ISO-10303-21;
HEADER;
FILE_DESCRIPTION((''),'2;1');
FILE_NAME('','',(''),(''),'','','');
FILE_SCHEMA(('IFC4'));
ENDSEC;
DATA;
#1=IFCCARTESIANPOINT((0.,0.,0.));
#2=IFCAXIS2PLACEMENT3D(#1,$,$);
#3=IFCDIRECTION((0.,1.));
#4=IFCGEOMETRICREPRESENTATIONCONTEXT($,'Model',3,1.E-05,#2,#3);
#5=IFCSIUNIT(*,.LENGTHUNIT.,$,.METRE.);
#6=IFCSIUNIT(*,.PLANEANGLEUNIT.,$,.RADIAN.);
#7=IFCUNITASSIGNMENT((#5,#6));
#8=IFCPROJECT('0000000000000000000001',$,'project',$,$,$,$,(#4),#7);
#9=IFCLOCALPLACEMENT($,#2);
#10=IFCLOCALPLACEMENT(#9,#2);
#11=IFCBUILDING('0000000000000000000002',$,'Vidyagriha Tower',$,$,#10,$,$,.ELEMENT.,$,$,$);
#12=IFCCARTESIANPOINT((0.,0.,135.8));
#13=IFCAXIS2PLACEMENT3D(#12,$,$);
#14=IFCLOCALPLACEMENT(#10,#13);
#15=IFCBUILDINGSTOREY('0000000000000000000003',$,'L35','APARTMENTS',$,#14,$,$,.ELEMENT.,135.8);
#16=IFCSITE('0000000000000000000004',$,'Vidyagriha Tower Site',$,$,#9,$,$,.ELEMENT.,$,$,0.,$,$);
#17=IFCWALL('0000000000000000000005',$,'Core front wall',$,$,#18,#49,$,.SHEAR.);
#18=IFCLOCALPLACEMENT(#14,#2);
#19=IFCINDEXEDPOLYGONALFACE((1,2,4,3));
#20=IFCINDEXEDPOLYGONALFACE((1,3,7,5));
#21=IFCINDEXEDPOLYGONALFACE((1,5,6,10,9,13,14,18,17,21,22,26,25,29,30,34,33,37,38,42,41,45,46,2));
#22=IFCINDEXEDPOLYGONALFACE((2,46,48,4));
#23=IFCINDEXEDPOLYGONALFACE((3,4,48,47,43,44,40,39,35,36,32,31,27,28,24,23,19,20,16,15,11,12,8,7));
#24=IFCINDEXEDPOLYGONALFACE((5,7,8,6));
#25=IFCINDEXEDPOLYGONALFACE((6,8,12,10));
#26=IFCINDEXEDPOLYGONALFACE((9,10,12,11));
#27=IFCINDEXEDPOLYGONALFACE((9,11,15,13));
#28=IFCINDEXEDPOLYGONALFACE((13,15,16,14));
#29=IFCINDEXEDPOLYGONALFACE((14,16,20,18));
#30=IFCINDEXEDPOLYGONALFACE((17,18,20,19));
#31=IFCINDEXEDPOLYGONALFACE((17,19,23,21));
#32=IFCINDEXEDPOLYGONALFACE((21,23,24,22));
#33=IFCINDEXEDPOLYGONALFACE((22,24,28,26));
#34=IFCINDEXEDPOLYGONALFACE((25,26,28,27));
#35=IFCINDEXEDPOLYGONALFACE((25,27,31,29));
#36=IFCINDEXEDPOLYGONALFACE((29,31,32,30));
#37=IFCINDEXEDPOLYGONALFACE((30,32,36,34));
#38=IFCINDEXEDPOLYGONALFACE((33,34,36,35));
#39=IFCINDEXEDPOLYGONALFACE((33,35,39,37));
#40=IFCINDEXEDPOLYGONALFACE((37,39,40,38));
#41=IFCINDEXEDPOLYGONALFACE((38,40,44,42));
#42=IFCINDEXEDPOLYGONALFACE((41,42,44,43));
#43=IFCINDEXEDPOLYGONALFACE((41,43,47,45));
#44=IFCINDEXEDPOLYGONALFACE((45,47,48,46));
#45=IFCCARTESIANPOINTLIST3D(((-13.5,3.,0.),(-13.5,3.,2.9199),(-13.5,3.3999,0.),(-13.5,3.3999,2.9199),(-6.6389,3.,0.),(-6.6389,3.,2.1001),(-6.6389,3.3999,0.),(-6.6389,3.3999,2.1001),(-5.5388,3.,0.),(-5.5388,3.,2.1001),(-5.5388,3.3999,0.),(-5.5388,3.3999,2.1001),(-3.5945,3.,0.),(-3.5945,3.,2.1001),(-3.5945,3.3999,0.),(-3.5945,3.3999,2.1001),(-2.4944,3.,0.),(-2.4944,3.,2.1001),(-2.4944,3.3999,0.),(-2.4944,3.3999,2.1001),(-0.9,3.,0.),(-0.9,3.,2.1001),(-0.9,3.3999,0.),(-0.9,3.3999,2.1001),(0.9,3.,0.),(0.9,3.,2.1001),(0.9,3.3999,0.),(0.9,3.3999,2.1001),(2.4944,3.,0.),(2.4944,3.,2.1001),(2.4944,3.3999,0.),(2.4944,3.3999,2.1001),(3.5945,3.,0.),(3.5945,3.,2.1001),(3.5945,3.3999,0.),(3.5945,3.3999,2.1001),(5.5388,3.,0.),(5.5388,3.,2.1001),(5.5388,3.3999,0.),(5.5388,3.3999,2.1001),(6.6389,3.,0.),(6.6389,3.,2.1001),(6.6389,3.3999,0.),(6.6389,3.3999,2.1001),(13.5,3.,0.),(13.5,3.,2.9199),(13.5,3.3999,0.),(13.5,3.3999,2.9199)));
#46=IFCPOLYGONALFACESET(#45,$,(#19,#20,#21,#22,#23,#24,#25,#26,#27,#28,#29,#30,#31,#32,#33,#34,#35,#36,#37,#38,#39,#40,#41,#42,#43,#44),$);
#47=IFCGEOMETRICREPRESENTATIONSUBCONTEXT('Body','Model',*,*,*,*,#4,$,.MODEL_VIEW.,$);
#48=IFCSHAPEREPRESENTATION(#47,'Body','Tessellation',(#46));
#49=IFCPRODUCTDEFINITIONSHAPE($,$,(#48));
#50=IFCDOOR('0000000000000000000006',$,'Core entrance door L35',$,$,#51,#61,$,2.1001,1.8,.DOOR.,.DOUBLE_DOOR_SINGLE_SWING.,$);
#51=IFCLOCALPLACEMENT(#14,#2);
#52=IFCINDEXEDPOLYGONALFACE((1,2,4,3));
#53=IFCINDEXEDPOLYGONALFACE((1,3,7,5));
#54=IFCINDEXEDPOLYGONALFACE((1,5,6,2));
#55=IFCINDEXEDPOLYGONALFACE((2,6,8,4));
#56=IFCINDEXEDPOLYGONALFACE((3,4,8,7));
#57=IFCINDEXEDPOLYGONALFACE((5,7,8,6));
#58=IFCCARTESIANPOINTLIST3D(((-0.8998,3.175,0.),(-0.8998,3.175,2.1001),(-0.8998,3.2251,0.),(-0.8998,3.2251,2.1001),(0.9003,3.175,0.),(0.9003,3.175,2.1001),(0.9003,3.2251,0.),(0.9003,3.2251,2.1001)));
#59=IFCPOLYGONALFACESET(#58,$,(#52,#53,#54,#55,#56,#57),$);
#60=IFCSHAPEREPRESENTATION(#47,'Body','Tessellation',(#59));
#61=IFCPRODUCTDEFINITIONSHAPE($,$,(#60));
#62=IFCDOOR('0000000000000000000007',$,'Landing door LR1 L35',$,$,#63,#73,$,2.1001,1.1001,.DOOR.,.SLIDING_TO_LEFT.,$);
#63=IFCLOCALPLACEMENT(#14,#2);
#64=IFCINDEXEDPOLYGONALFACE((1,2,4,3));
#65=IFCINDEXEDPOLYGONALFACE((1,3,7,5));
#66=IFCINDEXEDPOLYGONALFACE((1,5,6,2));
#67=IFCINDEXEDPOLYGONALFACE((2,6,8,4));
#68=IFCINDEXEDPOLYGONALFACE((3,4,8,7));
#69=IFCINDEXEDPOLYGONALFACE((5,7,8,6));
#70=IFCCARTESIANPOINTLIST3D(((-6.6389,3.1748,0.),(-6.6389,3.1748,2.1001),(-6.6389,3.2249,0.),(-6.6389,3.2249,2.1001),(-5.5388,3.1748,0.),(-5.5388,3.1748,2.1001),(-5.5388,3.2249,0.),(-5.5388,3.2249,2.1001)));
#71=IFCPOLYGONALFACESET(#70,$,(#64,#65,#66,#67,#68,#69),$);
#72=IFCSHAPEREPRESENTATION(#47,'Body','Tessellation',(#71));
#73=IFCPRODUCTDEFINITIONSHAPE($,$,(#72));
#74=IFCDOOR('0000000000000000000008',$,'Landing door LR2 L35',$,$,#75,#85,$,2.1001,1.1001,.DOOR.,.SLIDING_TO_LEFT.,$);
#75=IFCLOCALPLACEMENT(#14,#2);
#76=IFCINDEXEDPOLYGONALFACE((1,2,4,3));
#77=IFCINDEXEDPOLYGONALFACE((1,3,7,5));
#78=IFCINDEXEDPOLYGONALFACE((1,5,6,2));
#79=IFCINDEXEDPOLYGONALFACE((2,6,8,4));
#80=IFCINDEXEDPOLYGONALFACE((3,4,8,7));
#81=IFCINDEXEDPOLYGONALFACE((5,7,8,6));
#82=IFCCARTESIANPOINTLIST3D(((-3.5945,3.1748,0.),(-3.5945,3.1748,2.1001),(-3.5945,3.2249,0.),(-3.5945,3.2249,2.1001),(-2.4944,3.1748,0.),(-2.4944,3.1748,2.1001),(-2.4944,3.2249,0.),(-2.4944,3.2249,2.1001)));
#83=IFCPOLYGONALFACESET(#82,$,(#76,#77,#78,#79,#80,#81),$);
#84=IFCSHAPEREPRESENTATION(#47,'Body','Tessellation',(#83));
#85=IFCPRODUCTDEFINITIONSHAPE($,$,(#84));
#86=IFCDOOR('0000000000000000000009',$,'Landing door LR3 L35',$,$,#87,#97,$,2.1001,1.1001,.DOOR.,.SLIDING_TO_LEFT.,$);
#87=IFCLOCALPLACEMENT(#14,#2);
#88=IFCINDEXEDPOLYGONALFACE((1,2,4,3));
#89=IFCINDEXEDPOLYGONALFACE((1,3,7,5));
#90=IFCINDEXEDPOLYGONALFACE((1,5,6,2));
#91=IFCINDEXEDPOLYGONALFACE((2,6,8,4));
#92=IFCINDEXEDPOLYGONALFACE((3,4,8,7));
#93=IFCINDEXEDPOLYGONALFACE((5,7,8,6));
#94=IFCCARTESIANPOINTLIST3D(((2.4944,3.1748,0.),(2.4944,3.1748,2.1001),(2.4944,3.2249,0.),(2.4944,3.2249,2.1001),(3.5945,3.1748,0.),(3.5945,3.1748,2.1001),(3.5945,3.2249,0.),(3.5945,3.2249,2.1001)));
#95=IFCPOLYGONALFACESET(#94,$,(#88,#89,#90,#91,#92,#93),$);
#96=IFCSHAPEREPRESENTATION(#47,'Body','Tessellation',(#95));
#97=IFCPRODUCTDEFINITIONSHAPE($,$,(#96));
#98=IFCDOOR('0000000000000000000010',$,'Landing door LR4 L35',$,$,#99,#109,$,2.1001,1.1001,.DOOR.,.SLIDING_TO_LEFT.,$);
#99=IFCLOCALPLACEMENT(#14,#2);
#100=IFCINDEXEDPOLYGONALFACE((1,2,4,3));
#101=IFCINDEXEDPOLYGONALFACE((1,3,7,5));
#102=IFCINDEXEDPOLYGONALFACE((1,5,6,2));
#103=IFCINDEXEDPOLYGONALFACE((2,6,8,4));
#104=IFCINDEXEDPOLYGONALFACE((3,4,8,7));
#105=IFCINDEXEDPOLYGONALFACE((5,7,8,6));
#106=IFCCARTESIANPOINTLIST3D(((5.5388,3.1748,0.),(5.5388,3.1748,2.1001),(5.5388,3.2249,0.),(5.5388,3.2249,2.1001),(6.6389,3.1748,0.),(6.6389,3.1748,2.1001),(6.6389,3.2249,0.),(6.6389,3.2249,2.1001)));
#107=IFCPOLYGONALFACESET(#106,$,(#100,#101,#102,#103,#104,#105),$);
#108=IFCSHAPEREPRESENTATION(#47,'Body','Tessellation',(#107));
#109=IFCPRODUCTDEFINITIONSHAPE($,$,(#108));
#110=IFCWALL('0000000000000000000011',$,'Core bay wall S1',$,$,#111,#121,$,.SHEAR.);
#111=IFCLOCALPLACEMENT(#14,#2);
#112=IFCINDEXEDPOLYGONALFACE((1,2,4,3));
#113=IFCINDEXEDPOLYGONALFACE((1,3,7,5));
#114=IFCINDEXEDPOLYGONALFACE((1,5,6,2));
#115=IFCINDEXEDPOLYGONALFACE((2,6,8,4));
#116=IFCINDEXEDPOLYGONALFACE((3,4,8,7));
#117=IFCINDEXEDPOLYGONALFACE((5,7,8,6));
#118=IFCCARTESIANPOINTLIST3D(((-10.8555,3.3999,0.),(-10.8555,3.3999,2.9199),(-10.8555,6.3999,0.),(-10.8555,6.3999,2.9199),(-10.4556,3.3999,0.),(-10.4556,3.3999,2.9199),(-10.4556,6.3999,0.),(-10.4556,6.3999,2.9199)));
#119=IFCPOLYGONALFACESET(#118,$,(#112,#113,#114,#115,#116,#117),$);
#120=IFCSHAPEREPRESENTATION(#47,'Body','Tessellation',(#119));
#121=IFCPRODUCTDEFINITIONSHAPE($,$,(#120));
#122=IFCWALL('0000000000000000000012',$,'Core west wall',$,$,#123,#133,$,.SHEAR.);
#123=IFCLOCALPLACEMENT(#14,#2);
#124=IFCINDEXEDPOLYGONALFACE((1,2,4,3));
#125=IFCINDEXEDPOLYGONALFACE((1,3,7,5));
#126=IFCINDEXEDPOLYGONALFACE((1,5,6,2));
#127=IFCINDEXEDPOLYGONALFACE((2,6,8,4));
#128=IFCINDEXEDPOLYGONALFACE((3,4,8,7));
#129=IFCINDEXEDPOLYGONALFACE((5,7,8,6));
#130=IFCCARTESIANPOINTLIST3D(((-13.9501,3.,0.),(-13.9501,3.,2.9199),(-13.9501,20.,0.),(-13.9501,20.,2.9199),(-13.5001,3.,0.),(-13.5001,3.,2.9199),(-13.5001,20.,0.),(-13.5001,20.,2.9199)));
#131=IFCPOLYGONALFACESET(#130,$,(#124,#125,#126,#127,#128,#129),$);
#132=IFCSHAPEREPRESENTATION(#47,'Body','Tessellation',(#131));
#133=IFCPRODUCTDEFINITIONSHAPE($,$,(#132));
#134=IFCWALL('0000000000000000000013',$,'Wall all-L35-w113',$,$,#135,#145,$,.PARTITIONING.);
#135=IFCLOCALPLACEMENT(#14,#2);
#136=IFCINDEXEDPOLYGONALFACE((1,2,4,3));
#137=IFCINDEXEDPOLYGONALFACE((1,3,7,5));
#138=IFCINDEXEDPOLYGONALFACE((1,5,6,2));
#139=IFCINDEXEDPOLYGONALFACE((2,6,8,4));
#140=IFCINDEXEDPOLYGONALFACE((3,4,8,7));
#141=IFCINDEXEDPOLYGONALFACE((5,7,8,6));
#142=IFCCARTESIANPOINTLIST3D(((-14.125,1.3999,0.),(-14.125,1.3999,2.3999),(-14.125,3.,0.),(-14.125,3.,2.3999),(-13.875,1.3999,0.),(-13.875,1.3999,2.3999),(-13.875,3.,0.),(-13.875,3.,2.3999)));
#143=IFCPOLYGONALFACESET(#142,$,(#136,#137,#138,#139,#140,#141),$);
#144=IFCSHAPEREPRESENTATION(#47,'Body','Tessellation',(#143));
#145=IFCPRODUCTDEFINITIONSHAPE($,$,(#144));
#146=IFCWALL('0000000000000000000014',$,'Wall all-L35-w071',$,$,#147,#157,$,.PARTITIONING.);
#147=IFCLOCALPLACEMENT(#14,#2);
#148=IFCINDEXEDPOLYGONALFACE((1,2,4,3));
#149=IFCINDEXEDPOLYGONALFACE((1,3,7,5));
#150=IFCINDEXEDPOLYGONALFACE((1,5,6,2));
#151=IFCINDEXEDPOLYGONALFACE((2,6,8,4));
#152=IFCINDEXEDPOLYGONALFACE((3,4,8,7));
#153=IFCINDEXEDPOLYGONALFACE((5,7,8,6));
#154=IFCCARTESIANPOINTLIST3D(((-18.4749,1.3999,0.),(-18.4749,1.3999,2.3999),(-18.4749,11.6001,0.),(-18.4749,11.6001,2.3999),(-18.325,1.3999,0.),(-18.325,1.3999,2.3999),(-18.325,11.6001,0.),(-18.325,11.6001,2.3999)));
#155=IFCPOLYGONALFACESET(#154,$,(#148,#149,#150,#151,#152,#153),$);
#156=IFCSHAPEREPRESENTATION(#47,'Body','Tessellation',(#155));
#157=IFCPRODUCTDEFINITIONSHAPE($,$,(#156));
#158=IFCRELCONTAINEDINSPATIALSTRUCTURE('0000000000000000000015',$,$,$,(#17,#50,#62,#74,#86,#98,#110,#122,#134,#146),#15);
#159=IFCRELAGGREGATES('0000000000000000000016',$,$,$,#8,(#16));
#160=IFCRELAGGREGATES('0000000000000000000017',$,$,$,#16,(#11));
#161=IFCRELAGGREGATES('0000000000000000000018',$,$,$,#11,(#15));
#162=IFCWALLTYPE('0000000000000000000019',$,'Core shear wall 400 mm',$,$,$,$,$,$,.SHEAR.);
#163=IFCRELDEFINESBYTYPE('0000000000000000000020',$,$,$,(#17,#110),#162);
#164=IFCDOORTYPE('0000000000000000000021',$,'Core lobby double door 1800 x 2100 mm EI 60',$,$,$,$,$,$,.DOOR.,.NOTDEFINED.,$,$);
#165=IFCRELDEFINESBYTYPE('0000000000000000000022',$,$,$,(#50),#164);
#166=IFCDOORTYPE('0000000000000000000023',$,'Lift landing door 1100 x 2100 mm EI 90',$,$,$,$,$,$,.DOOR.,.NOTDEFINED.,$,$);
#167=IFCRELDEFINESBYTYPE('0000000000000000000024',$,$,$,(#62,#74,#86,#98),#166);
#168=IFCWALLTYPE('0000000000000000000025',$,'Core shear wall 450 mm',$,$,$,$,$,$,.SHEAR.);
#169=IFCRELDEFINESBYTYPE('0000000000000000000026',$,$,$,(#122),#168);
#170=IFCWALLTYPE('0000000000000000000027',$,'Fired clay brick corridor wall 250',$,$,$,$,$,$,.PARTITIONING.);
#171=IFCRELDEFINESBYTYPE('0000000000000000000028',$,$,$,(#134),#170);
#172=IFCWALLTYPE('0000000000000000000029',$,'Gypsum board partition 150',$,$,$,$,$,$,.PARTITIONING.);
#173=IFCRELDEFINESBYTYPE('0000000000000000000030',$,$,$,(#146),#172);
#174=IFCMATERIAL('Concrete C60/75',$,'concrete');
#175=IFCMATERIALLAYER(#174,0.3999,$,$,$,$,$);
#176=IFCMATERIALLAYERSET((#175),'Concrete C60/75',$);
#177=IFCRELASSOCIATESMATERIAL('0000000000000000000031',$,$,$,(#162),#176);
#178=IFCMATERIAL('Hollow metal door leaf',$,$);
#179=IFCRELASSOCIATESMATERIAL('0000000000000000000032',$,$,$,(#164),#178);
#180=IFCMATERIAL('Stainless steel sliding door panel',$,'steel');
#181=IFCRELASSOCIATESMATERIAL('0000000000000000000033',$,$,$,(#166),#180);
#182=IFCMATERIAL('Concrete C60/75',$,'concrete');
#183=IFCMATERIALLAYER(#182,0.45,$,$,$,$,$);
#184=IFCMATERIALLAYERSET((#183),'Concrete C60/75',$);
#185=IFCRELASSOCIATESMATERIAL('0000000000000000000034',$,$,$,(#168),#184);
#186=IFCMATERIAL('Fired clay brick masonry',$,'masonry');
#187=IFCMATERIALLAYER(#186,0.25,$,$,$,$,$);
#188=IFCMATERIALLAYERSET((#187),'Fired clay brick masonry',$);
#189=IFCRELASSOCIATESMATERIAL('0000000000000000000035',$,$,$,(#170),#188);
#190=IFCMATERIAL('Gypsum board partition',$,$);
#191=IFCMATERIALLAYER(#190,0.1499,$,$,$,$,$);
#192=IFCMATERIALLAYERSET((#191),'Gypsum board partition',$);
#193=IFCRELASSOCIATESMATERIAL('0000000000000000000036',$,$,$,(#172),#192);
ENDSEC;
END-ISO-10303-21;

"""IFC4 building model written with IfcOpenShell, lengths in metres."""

from ifc_helpers import new_model, si_unit, direction, frame, frame_2d, origin, place, context, subcontext, project, spatial, rectangle, extrude, material, layer, layer_set, type_object, element, fill, save


model = new_model("IFC4")

# Units and contexts
model_context = context("Model", 3, precision=1e-05, world=origin(), true_north=direction((0.0, 1.0)))
body_context = subcontext(model_context, "Body", "Model", "MODEL_VIEW")
ifc_project = project(units=[si_unit("LENGTHUNIT", "METRE"), si_unit("PLANEANGLEUNIT", "RADIAN")], contexts=[model_context])

# Site, building, storey
site_placement = place(None, origin())
site = spatial("IfcSite", under=ifc_project, at=site_placement, Name="Vidyagriha Tower Site", CompositionType="ELEMENT", RefElevation=0.0)
building_placement = place(site_placement, origin())
building = spatial("IfcBuilding", under=site, at=building_placement, Name="Vidyagriha Tower", CompositionType="ELEMENT")
storey_placement = place(building_placement, frame((0.0, 0.0, 135.8)))
storey = spatial("IfcBuildingStorey", under=building, at=storey_placement, Name="L35", Description="APARTMENTS", CompositionType="ELEMENT", Elevation=135.8)

# Wall, openings, doors
ifc_material_1 = material(Name="Concrete C60/75", Category="concrete")
ifc_layer_1 = layer(ifc_material_1, 0.3999)
ifc_layer_set_1 = layer_set([ifc_layer_1], Name="Concrete C60/75")
wall_type_1 = type_object("IfcWallType", Name="Core shear wall 400 mm", PredefinedType="SHEAR", material=ifc_layer_set_1)
wall_1_placement = place(storey_placement, frame((-13.5, 3.2, 0.0)))
wall_1 = element("IfcWall", 1, at=wall_1_placement, inside=storey, type_object=wall_type_1, Name="Core front wall", PredefinedType="SHEAR", context=body_context, shape_type="SweptSolid", body=[
    extrude(rectangle(XDim=27.0, YDim=0.3999, at=frame_2d((13.5, 0.0))), origin(), (0.0, 0.0, 1.0), 2.9199),
])
opening_1_placement = place(wall_1_placement, frame((6.8611, 0.0, 0.0)))
opening_1 = element("IfcOpeningElement", 2, at=opening_1_placement, cuts=wall_1, PredefinedType="OPENING", context=body_context, shape_type="SweptSolid", body=[
    extrude(rectangle(XDim=1.1001, YDim=2.1001, at=frame_2d((0.55, 1.05))), frame((0.0, 0.21, 0.0), z_axis=(0.0, -1.0, 0.0), x_axis=(1.0, 0.0, 0.0)), (0.0, 0.0, 1.0), 0.4199),
])
opening_2_placement = place(wall_1_placement, frame((9.9055, 0.0, 0.0)))
opening_2 = element("IfcOpeningElement", 3, at=opening_2_placement, cuts=wall_1, PredefinedType="OPENING", context=body_context, shape_type="SweptSolid", body=[
    extrude(rectangle(XDim=1.1001, YDim=2.1001, at=frame_2d((0.55, 1.05))), frame((0.0, 0.21, 0.0), z_axis=(0.0, -1.0, 0.0), x_axis=(1.0, 0.0, 0.0)), (0.0, 0.0, 1.0), 0.4199),
])
opening_3_placement = place(wall_1_placement, frame((15.9944, 0.0, 0.0)))
opening_3 = element("IfcOpeningElement", 4, at=opening_3_placement, cuts=wall_1, PredefinedType="OPENING", context=body_context, shape_type="SweptSolid", body=[
    extrude(rectangle(XDim=1.1001, YDim=2.1001, at=frame_2d((0.55, 1.05))), frame((0.0, 0.21, 0.0), z_axis=(0.0, -1.0, 0.0), x_axis=(1.0, 0.0, 0.0)), (0.0, 0.0, 1.0), 0.4199),
])
opening_4_placement = place(wall_1_placement, frame((19.0388, 0.0, 0.0)))
opening_4 = element("IfcOpeningElement", 5, at=opening_4_placement, cuts=wall_1, PredefinedType="OPENING", context=body_context, shape_type="SweptSolid", body=[
    extrude(rectangle(XDim=1.1001, YDim=2.1001, at=frame_2d((0.55, 1.05))), frame((0.0, 0.21, 0.0), z_axis=(0.0, -1.0, 0.0), x_axis=(1.0, 0.0, 0.0)), (0.0, 0.0, 1.0), 0.4199),
])
opening_5_placement = place(wall_1_placement, frame((12.6001, 0.0, 0.0)))
opening_5 = element("IfcOpeningElement", 6, at=opening_5_placement, cuts=wall_1, PredefinedType="OPENING", context=body_context, shape_type="SweptSolid", body=[
    extrude(rectangle(XDim=1.8, YDim=2.1001, at=frame_2d((0.8999, 1.05))), frame((0.0, 0.21, 0.0), z_axis=(0.0, -1.0, 0.0), x_axis=(1.0, 0.0, 0.0)), (0.0, 0.0, 1.0), 0.4199),
])
ifc_material_2 = material(Name="Hollow metal door leaf")
door_type_1 = type_object("IfcDoorType", Name="Core lobby double door 1800 x 2100 mm EI 60", OperationType="NOTDEFINED", PredefinedType="DOOR", material=ifc_material_2)
door_1_placement = place(opening_5_placement, frame((1.8, 0.0, 0.0), z_axis=(0.0, 0.0, 1.0), x_axis=(-1.0, 0.0, 0.0)))
door_1 = element("IfcDoor", 7, at=door_1_placement, inside=storey, type_object=door_type_1, Name="Core entrance door L35", OperationType="DOUBLE_DOOR_SINGLE_SWING", OverallHeight=2.1001, OverallWidth=1.8, PredefinedType="DOOR", context=body_context, shape_type="SweptSolid", body=[
    extrude(rectangle(XDim=1.8, YDim=2.1001, at=frame_2d((0.8999, 1.05))), frame((0.0, 0.0249, 0.0), z_axis=(0.0, -1.0, 0.0), x_axis=(1.0, 0.0, 0.0)), (0.0, 0.0, 1.0), 0.05),
])
fill(opening_5, door_1)
ifc_material_3 = material(Name="Stainless steel sliding door panel", Category="steel")
door_type_2 = type_object("IfcDoorType", Name="Lift landing door 1100 x 2100 mm EI 90", OperationType="NOTDEFINED", PredefinedType="DOOR", material=ifc_material_3)
door_2_placement = place(opening_1_placement, origin())
door_2 = element("IfcDoor", 8, at=door_2_placement, inside=storey, type_object=door_type_2, Name="Landing door LR1 L35", OperationType="SLIDING_TO_LEFT", OverallHeight=2.1001, OverallWidth=1.1001, PredefinedType="DOOR", context=body_context, shape_type="SweptSolid", body=[
    extrude(rectangle(XDim=1.1001, YDim=2.1001, at=frame_2d((0.55, 1.05))), frame((0.0, 0.0249, 0.0), z_axis=(0.0, -1.0, 0.0), x_axis=(1.0, 0.0, 0.0)), (0.0, 0.0, 1.0), 0.05),
])
fill(opening_1, door_2)
door_3_placement = place(opening_2_placement, origin())
door_3 = element("IfcDoor", 9, at=door_3_placement, inside=storey, type_object=door_type_2, Name="Landing door LR2 L35", OperationType="SLIDING_TO_LEFT", OverallHeight=2.1001, OverallWidth=1.1001, PredefinedType="DOOR", context=body_context, shape_type="SweptSolid", body=[
    extrude(rectangle(XDim=1.1001, YDim=2.1001, at=frame_2d((0.55, 1.05))), frame((0.0, 0.0249, 0.0), z_axis=(0.0, -1.0, 0.0), x_axis=(1.0, 0.0, 0.0)), (0.0, 0.0, 1.0), 0.05),
])
fill(opening_2, door_3)
door_4_placement = place(opening_3_placement, origin())
door_4 = element("IfcDoor", 10, at=door_4_placement, inside=storey, type_object=door_type_2, Name="Landing door LR3 L35", OperationType="SLIDING_TO_LEFT", OverallHeight=2.1001, OverallWidth=1.1001, PredefinedType="DOOR", context=body_context, shape_type="SweptSolid", body=[
    extrude(rectangle(XDim=1.1001, YDim=2.1001, at=frame_2d((0.55, 1.05))), frame((0.0, 0.0249, 0.0), z_axis=(0.0, -1.0, 0.0), x_axis=(1.0, 0.0, 0.0)), (0.0, 0.0, 1.0), 0.05),
])
fill(opening_3, door_4)
door_5_placement = place(opening_4_placement, origin())
door_5 = element("IfcDoor", 11, at=door_5_placement, inside=storey, type_object=door_type_2, Name="Landing door LR4 L35", OperationType="SLIDING_TO_LEFT", OverallHeight=2.1001, OverallWidth=1.1001, PredefinedType="DOOR", context=body_context, shape_type="SweptSolid", body=[
    extrude(rectangle(XDim=1.1001, YDim=2.1001, at=frame_2d((0.55, 1.05))), frame((0.0, 0.0249, 0.0), z_axis=(0.0, -1.0, 0.0), x_axis=(1.0, 0.0, 0.0)), (0.0, 0.0, 1.0), 0.05),
])
fill(opening_4, door_5)

# Walls
wall_2_placement = place(storey_placement, frame((-10.6555, 3.3999, 0.0), z_axis=(0.0, 0.0, 1.0), x_axis=(0.0, 1.0, 0.0)))
element("IfcWall", 12, at=wall_2_placement, inside=storey, type_object=wall_type_1, Name="Core bay wall S1", PredefinedType="SHEAR", context=body_context, shape_type="SweptSolid", body=[
    extrude(rectangle(XDim=3.0, YDim=0.3999, at=frame_2d((1.5, 0.0))), origin(), (0.0, 0.0, 1.0), 2.9199),
])
ifc_material_4 = material(Name="Concrete C60/75", Category="concrete")
ifc_layer_2 = layer(ifc_material_4, 0.45)
ifc_layer_set_2 = layer_set([ifc_layer_2], Name="Concrete C60/75")
wall_type_2 = type_object("IfcWallType", Name="Core shear wall 450 mm", PredefinedType="SHEAR", material=ifc_layer_set_2)
wall_3_placement = place(storey_placement, frame((-13.7251, 3.0, 0.0), z_axis=(0.0, 0.0, 1.0), x_axis=(0.0, 1.0, 0.0)))
element("IfcWall", 13, at=wall_3_placement, inside=storey, type_object=wall_type_2, Name="Core west wall", PredefinedType="SHEAR", context=body_context, shape_type="SweptSolid", body=[
    extrude(rectangle(XDim=17.0, YDim=0.45, at=frame_2d((8.5, 0.0))), origin(), (0.0, 0.0, 1.0), 2.9199),
])
ifc_material_5 = material(Name="Fired clay brick masonry", Category="masonry")
ifc_layer_3 = layer(ifc_material_5, 0.25)
ifc_layer_set_3 = layer_set([ifc_layer_3], Name="Fired clay brick masonry")
wall_type_3 = type_object("IfcWallType", Name="Fired clay brick corridor wall 250", PredefinedType="PARTITIONING", material=ifc_layer_set_3)
wall_4_placement = place(storey_placement, frame((-14.0, 3.0, 0.0), z_axis=(0.0, 0.0, 1.0), x_axis=(0.0, -1.0, 0.0)))
element("IfcWall", 14, at=wall_4_placement, inside=storey, type_object=wall_type_3, Name="Wall all-L35-w113", PredefinedType="PARTITIONING", context=body_context, shape_type="SweptSolid", body=[
    extrude(rectangle(XDim=1.6001, YDim=0.25, at=frame_2d((0.8, 0.0))), origin(), (0.0, 0.0, 1.0), 2.3999),
])
ifc_material_6 = material(Name="Gypsum board partition")
ifc_layer_4 = layer(ifc_material_6, 0.1499)
ifc_layer_set_4 = layer_set([ifc_layer_4], Name="Gypsum board partition")
wall_type_4 = type_object("IfcWallType", Name="Gypsum board partition 150", PredefinedType="PARTITIONING", material=ifc_layer_set_4)
wall_5_placement = place(storey_placement, frame((-18.3999, 1.3999, 0.0), z_axis=(0.0, 0.0, 1.0), x_axis=(0.0, 1.0, 0.0)))
element("IfcWall", 15, at=wall_5_placement, inside=storey, type_object=wall_type_4, Name="Wall all-L35-w071", PredefinedType="PARTITIONING", context=body_context, shape_type="SweptSolid", body=[
    extrude(rectangle(XDim=10.2002, YDim=0.1499, at=frame_2d((5.1001, 0.0))), origin(), (0.0, 0.0, 1.0), 2.3999),
])

save(model, "model.ifc")
